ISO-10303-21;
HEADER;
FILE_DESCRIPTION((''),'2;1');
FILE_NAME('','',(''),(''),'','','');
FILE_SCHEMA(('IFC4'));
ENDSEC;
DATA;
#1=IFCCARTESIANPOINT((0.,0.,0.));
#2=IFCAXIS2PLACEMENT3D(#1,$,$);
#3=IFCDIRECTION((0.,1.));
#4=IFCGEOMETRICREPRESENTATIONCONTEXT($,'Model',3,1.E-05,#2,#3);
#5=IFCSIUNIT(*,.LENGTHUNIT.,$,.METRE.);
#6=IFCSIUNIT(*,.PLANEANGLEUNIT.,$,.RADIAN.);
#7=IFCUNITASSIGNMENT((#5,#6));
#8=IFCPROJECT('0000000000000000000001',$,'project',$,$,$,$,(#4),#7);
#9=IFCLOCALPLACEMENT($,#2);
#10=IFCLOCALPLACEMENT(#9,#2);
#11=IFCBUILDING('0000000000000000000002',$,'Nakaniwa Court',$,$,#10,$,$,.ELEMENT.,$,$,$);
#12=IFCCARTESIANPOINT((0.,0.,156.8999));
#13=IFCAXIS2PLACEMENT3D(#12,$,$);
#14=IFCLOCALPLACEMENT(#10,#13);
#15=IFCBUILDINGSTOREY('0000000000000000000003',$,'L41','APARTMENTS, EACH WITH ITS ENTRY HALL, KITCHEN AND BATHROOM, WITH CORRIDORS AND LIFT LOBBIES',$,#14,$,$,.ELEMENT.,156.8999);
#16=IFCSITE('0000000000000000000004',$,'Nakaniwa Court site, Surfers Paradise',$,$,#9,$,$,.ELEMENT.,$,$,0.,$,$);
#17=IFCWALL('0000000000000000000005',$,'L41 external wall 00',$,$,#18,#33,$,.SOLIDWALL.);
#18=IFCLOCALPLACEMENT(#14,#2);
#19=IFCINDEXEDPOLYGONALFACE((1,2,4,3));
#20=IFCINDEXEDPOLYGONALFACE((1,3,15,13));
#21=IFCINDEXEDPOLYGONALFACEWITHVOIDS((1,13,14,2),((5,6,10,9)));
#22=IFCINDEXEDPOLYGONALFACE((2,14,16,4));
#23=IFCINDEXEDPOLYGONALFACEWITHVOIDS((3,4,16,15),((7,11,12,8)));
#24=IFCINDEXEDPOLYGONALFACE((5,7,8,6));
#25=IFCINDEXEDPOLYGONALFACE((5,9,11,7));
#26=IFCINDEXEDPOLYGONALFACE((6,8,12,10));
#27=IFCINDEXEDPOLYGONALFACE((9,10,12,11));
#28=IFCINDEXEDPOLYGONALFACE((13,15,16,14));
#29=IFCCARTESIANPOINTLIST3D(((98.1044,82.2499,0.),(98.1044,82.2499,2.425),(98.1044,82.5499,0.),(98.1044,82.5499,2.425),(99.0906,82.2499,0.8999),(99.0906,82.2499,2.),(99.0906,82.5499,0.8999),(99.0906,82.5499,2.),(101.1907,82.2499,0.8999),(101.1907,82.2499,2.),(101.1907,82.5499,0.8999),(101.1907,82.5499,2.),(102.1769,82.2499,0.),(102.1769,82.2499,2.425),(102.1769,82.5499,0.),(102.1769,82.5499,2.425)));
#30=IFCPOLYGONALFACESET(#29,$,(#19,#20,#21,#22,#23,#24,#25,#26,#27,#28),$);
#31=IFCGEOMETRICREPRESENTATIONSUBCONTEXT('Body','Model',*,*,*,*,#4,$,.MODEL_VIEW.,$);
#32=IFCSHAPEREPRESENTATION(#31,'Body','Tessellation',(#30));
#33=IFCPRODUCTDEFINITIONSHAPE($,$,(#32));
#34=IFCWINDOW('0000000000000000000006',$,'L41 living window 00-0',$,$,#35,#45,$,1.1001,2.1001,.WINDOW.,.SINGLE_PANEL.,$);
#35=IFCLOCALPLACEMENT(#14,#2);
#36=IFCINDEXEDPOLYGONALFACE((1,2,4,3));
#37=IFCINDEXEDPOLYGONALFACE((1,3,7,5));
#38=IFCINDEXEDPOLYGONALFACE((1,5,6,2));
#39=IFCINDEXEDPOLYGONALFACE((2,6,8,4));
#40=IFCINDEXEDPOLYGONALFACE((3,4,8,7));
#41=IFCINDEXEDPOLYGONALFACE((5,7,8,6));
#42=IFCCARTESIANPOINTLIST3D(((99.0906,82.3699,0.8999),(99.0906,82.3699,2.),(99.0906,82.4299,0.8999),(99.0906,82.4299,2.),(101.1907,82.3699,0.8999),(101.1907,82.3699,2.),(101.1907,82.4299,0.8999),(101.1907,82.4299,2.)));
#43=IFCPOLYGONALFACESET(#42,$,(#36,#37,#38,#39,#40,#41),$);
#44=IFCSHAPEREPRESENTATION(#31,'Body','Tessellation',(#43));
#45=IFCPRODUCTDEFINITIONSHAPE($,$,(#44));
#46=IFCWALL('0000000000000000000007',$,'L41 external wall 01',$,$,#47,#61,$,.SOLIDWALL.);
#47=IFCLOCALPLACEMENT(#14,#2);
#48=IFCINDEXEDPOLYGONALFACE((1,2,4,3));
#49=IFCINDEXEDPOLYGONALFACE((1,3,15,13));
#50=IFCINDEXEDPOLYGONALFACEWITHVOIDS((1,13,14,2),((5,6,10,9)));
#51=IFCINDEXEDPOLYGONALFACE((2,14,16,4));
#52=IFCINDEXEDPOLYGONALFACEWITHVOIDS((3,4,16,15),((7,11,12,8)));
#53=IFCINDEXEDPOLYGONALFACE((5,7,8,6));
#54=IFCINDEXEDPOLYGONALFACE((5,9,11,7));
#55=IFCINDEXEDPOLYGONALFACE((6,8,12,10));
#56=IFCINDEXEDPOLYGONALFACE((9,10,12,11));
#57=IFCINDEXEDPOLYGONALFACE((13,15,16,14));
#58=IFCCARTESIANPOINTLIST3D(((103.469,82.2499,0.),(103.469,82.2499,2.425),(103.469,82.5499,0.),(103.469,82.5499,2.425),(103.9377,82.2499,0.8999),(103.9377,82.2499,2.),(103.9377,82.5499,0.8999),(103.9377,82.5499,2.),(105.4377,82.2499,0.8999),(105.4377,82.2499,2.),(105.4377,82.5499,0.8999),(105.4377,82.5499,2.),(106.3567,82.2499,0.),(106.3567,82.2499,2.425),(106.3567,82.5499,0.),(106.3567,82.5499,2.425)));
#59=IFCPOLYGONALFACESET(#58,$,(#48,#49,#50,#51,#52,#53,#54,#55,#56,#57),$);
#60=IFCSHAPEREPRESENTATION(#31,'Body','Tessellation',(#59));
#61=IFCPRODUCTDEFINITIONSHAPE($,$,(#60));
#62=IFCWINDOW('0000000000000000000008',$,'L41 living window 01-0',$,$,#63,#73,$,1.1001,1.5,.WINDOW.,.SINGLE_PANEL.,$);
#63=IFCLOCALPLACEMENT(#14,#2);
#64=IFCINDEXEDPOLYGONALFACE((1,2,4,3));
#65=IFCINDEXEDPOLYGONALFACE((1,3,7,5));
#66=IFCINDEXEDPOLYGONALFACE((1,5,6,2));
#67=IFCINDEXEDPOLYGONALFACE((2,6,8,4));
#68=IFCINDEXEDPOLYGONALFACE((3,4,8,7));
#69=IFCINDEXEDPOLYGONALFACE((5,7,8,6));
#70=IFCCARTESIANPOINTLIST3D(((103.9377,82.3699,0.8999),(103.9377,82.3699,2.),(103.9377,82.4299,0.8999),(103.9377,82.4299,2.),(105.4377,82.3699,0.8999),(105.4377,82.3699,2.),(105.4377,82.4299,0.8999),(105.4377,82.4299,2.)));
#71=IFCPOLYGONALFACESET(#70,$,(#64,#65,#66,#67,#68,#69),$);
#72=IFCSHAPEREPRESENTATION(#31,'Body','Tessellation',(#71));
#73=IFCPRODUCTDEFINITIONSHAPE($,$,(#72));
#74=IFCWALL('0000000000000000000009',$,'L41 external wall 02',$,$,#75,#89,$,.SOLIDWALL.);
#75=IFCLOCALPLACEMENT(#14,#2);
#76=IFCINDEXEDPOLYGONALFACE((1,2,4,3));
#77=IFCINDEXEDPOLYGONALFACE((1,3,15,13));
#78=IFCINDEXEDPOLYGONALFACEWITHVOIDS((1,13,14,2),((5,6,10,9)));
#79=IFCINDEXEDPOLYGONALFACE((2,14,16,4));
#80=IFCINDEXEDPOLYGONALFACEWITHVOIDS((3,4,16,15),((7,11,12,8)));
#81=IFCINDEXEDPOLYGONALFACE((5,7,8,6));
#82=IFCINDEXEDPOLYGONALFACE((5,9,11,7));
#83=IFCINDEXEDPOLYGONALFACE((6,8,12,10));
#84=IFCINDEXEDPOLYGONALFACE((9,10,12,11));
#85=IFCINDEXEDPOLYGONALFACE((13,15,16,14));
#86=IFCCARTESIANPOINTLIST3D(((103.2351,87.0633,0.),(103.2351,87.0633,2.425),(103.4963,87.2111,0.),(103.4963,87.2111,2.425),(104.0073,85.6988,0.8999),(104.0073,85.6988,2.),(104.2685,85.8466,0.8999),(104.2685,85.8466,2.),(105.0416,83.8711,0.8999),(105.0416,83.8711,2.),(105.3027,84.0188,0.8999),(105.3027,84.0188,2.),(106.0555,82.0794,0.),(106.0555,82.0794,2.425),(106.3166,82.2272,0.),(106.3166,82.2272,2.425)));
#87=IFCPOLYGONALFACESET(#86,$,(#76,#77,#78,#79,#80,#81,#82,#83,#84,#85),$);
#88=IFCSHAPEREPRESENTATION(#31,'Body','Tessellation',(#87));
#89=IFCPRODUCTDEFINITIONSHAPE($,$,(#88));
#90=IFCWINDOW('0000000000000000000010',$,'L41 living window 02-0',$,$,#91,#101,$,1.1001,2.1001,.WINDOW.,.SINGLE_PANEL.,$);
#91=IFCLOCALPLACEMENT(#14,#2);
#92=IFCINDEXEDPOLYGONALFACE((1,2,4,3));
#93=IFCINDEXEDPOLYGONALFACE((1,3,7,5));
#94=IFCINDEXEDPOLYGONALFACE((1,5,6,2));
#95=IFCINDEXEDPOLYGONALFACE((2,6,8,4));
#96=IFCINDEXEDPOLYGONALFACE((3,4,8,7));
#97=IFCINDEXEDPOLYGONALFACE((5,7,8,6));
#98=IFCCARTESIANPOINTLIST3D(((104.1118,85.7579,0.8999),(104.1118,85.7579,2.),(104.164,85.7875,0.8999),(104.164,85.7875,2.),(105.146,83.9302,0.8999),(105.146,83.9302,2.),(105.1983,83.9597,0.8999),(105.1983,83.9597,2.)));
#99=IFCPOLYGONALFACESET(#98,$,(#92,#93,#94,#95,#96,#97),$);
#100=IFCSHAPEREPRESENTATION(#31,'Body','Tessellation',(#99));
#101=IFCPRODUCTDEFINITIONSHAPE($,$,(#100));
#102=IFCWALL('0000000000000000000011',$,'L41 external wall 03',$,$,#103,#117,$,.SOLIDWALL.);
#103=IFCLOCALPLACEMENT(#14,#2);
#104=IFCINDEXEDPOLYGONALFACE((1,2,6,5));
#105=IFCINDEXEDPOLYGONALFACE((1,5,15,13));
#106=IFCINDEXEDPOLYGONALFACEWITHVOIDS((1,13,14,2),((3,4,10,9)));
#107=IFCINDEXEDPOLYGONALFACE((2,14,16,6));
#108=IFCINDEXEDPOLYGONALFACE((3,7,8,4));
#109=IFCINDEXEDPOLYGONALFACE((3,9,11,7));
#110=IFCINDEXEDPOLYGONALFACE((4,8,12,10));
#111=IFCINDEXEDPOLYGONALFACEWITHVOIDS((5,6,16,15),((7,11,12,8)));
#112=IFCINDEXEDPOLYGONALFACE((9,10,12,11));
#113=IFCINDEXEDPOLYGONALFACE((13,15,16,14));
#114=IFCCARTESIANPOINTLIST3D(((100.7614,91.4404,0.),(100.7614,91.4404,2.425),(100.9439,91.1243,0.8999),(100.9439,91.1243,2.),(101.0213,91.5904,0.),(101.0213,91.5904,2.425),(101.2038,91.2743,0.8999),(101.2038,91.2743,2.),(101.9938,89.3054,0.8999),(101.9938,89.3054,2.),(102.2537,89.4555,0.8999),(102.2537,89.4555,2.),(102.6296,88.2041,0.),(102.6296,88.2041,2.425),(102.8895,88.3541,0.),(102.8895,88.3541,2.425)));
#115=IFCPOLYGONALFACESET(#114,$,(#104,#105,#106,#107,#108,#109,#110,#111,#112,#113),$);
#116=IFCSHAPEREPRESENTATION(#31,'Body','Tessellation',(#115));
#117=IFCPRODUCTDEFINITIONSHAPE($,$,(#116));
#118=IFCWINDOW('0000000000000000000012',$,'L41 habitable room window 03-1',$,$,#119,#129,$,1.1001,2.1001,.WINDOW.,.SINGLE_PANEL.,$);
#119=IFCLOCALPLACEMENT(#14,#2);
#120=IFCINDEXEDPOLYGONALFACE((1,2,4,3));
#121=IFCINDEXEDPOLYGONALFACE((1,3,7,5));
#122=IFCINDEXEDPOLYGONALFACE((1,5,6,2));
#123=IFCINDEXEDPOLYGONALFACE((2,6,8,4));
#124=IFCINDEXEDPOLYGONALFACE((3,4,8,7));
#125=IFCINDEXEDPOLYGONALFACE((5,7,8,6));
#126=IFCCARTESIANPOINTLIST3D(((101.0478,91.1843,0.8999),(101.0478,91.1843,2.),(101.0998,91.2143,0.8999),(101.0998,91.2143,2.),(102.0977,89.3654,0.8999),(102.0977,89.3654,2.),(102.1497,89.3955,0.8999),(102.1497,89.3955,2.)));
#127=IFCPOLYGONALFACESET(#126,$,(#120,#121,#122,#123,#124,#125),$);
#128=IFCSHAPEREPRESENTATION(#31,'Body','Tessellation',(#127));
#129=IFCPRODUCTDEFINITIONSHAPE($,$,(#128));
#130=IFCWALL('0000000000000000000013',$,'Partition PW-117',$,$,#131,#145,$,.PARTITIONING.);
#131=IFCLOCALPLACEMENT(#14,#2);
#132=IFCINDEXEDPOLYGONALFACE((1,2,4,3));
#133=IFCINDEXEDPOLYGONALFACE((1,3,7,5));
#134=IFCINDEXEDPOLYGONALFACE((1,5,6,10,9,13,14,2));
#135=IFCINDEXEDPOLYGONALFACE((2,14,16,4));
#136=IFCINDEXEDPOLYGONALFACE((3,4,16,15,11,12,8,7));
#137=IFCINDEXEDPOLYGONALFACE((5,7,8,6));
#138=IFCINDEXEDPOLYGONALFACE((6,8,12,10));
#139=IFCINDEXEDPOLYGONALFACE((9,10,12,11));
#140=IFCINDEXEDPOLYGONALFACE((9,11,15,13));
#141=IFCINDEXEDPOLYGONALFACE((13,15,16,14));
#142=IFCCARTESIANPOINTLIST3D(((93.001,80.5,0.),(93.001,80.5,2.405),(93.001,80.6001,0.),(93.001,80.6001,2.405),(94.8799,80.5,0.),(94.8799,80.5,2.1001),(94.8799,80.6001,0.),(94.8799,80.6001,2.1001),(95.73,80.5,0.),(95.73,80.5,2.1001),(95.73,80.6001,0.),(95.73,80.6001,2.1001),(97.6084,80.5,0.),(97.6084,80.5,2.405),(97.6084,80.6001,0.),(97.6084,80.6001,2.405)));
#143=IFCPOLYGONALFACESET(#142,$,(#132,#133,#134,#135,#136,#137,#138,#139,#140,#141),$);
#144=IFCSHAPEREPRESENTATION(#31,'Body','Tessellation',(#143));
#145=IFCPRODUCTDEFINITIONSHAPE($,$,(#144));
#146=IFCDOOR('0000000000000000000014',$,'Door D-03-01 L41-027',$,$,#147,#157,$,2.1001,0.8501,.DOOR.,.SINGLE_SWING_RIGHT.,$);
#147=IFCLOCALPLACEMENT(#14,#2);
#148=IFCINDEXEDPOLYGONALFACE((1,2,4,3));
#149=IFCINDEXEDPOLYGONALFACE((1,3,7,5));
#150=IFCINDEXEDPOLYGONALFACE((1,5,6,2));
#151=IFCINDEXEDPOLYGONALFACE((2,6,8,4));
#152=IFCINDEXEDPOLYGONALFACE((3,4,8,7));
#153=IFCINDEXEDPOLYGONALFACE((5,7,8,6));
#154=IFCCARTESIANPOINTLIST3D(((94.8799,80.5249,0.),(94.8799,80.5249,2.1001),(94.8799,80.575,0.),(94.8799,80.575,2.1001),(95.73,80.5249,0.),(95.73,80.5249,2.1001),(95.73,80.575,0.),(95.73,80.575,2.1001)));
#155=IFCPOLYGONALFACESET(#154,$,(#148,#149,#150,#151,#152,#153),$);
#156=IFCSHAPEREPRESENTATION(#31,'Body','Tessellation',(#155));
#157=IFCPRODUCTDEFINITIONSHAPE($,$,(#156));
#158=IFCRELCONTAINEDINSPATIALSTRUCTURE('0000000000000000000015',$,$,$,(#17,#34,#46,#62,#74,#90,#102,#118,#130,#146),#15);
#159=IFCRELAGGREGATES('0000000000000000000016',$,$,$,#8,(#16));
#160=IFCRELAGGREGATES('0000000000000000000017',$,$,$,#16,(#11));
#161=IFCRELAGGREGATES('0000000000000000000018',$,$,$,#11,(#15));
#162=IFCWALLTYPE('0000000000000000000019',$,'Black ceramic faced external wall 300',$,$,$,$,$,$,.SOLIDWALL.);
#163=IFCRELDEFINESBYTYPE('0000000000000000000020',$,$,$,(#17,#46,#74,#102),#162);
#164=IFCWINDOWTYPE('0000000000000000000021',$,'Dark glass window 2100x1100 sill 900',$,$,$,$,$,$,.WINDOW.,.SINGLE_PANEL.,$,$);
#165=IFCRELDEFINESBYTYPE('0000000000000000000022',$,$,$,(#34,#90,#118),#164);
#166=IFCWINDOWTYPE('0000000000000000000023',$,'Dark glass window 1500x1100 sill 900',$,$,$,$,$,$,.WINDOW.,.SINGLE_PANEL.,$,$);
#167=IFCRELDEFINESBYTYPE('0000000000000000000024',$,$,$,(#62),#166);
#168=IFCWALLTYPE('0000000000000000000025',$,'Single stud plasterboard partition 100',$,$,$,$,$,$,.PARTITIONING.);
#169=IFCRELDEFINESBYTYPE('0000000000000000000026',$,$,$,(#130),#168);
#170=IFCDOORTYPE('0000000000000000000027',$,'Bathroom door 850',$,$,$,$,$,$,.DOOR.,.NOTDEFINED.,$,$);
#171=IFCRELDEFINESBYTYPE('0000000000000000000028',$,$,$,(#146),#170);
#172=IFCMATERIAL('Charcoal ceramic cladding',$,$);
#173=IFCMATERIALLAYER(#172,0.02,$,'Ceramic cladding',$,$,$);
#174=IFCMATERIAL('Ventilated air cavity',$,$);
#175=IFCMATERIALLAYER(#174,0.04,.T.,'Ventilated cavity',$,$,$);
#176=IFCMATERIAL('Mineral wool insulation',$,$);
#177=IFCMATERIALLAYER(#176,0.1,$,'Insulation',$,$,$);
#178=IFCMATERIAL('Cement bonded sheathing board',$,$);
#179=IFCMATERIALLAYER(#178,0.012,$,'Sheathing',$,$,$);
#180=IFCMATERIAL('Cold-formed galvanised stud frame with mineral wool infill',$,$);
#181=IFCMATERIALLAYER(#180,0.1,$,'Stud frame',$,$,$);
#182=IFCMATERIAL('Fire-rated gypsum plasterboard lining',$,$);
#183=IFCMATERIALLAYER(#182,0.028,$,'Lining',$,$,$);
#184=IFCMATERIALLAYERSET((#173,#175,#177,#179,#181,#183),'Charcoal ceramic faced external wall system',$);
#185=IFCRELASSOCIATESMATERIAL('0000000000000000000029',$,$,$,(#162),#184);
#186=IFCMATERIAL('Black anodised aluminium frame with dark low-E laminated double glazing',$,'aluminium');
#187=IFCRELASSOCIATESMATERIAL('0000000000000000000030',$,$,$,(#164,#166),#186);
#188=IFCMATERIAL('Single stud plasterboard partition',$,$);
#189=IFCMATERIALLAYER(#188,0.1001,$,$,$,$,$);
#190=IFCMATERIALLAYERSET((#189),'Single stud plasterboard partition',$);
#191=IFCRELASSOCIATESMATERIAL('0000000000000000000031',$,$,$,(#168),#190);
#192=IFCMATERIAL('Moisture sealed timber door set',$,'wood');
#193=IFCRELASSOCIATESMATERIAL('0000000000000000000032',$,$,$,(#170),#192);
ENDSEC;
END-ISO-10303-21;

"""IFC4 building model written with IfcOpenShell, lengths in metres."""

from ifc_helpers import new_model, si_unit, direction, frame, frame_2d, origin, place, context, subcontext, project, spatial, rectangle, extrude, material, layer, layer_set, type_object, element, fill, save


model = new_model("IFC4")

# Units and contexts
model_context = context("Model", 3, precision=1e-05, world=origin(), true_north=direction((0.0, 1.0)))
body_context = subcontext(model_context, "Body", "Model", "MODEL_VIEW")
ifc_project = project(units=[si_unit("LENGTHUNIT", "METRE"), si_unit("PLANEANGLEUNIT", "RADIAN")], contexts=[model_context])

# Site, building, storey
site_placement = place(None, origin())
site = spatial("IfcSite", under=ifc_project, at=site_placement, Name="Nakaniwa Court site, Surfers Paradise", CompositionType="ELEMENT", RefElevation=0.0)
building_placement = place(site_placement, origin())
building = spatial("IfcBuilding", under=site, at=building_placement, Name="Nakaniwa Court", CompositionType="ELEMENT")
storey_placement = place(building_placement, frame((0.0, 0.0, 156.8999)))
storey = spatial("IfcBuildingStorey", under=building, at=storey_placement, Name="L41", Description="APARTMENTS, EACH WITH ITS ENTRY HALL, KITCHEN AND BATHROOM, WITH CORRIDORS AND LIFT LOBBIES", CompositionType="ELEMENT", Elevation=156.8999)

# Walls, openings, windows
ifc_material_1 = material(Name="Charcoal ceramic cladding")
ifc_layer_1 = layer(ifc_material_1, 0.02, Name="Ceramic cladding")
ifc_material_2 = material(Name="Ventilated air cavity")
ifc_layer_2 = layer(ifc_material_2, 0.04, ventilated=True, Name="Ventilated cavity")
ifc_material_3 = material(Name="Mineral wool insulation")
ifc_layer_3 = layer(ifc_material_3, 0.1, Name="Insulation")
ifc_material_4 = material(Name="Cement bonded sheathing board")
ifc_layer_4 = layer(ifc_material_4, 0.012, Name="Sheathing")
ifc_material_5 = material(Name="Cold-formed galvanised stud frame with mineral wool infill")
ifc_layer_5 = layer(ifc_material_5, 0.1, Name="Stud frame")
ifc_material_6 = material(Name="Fire-rated gypsum plasterboard lining")
ifc_layer_6 = layer(ifc_material_6, 0.028, Name="Lining")
ifc_layer_set_1 = layer_set([ifc_layer_1, ifc_layer_2, ifc_layer_3, ifc_layer_4, ifc_layer_5, ifc_layer_6], Name="Charcoal ceramic faced external wall system")
wall_type_1 = type_object("IfcWallType", Name="Black ceramic faced external wall 300", PredefinedType="SOLIDWALL", material=ifc_layer_set_1)
wall_1_placement = place(storey_placement, frame((98.1045, 82.3999, 0.0), z_axis=(0.0, 0.0, 1.0), x_axis=(1.0, 0.0, 0.0)))
wall_1 = element("IfcWall", 1, at=wall_1_placement, inside=storey, type_object=wall_type_1, Name="L41 external wall 00", PredefinedType="SOLIDWALL", context=body_context, shape_type="SweptSolid", body=[
    extrude(rectangle(XDim=4.0725, YDim=0.3, at=frame_2d((2.0361, 0.0))), origin(), (0.0, 0.0, 1.0), 2.425),
])
opening_1_placement = place(wall_1_placement, frame((0.9861, 0.0, 0.8999)))
opening_1 = element("IfcOpeningElement", 2, at=opening_1_placement, cuts=wall_1, PredefinedType="OPENING", context=body_context, shape_type="SweptSolid", body=[
    extrude(rectangle(XDim=2.1001, YDim=1.1001, at=frame_2d((1.05, 0.55))), frame((0.0, 0.1599, 0.0), z_axis=(0.0, -1.0, 0.0), x_axis=(1.0, 0.0, 0.0)), (0.0, 0.0, 1.0), 0.3201),
])
ifc_material_7 = material(Name="Black anodised aluminium frame with dark low-E laminated double glazing", Category="aluminium")
window_type_1 = type_object("IfcWindowType", Name="Dark glass window 2100x1100 sill 900", PartitioningType="SINGLE_PANEL", PredefinedType="WINDOW", material=ifc_material_7)
window_1_placement = place(opening_1_placement, origin())
window_1 = element("IfcWindow", 3, at=window_1_placement, inside=storey, type_object=window_type_1, Name="L41 living window 00-0", OverallHeight=1.1001, OverallWidth=2.1001, PartitioningType="SINGLE_PANEL", PredefinedType="WINDOW", context=body_context, shape_type="SweptSolid", body=[
    extrude(rectangle(XDim=2.1001, YDim=1.1001, at=frame_2d((1.05, 0.55))), frame((0.0, 0.03, 0.0), z_axis=(0.0, -1.0, 0.0), x_axis=(1.0, 0.0, 0.0)), (0.0, 0.0, 1.0), 0.0601),
])
fill(opening_1, window_1)
wall_2_placement = place(storey_placement, frame((103.469, 82.3999, 0.0), z_axis=(0.0, 0.0, 1.0), x_axis=(1.0, 0.0, 0.0)))
wall_2 = element("IfcWall", 4, at=wall_2_placement, inside=storey, type_object=wall_type_1, Name="L41 external wall 01", PredefinedType="SOLIDWALL", context=body_context, shape_type="SweptSolid", body=[
    extrude(rectangle(XDim=2.8877, YDim=0.3, at=frame_2d((1.4438, 0.0))), origin(), (0.0, 0.0, 1.0), 2.425),
])
opening_2_placement = place(wall_2_placement, frame((0.4688, 0.0, 0.8999)))
opening_2 = element("IfcOpeningElement", 5, at=opening_2_placement, cuts=wall_2, PredefinedType="OPENING", context=body_context, shape_type="SweptSolid", body=[
    extrude(rectangle(XDim=1.5, YDim=1.1001, at=frame_2d((0.75, 0.55))), frame((0.0, 0.1599, 0.0), z_axis=(0.0, -1.0, 0.0), x_axis=(1.0, 0.0, 0.0)), (0.0, 0.0, 1.0), 0.3201),
])
window_type_2 = type_object("IfcWindowType", Name="Dark glass window 1500x1100 sill 900", PartitioningType="SINGLE_PANEL", PredefinedType="WINDOW", material=ifc_material_7)
window_2_placement = place(opening_2_placement, origin())
window_2 = element("IfcWindow", 6, at=window_2_placement, inside=storey, type_object=window_type_2, Name="L41 living window 01-0", OverallHeight=1.1001, OverallWidth=1.5, PartitioningType="SINGLE_PANEL", PredefinedType="WINDOW", context=body_context, shape_type="SweptSolid", body=[
    extrude(rectangle(XDim=1.5, YDim=1.1001, at=frame_2d((0.75, 0.55))), frame((0.0, 0.03, 0.0), z_axis=(0.0, -1.0, 0.0), x_axis=(1.0, 0.0, 0.0)), (0.0, 0.0, 1.0), 0.0601),
])
fill(opening_2, window_2)
wall_3_placement = place(storey_placement, frame((106.186, 82.1533, 0.0), z_axis=(0.0, 0.0, 1.0), x_axis=(-0.492498, 0.870313, 0.0)))
wall_3 = element("IfcWall", 7, at=wall_3_placement, inside=storey, type_object=wall_type_1, Name="L41 external wall 02", PredefinedType="SOLIDWALL", context=body_context, shape_type="SweptSolid", body=[
    extrude(rectangle(XDim=5.7266, YDim=0.3, at=frame_2d((2.8633, 0.0))), origin(), (0.0, 0.0, 1.0), 2.425),
])
opening_3_placement = place(wall_3_placement, frame((2.0586, 0.0, 0.8999)))
opening_3 = element("IfcOpeningElement", 8, at=opening_3_placement, cuts=wall_3, PredefinedType="OPENING", context=body_context, shape_type="SweptSolid", body=[
    extrude(rectangle(XDim=2.1001, YDim=1.1001, at=frame_2d((1.05, 0.55))), frame((0.0, 0.1599, 0.0), z_axis=(0.0, -1.0, 0.0), x_axis=(1.0, 0.0, 0.0)), (0.0, 0.0, 1.0), 0.3201),
])
window_3_placement = place(opening_3_placement, origin())
window_3 = element("IfcWindow", 9, at=window_3_placement, inside=storey, type_object=window_type_1, Name="L41 living window 02-0", OverallHeight=1.1001, OverallWidth=2.1001, PartitioningType="SINGLE_PANEL", PredefinedType="WINDOW", context=body_context, shape_type="SweptSolid", body=[
    extrude(rectangle(XDim=2.1001, YDim=1.1001, at=frame_2d((1.05, 0.55))), frame((0.0, 0.03, 0.0), z_axis=(0.0, -1.0, 0.0), x_axis=(1.0, 0.0, 0.0)), (0.0, 0.0, 1.0), 0.0601),
])
fill(opening_3, window_3)
wall_4_placement = place(storey_placement, frame((102.7595, 88.2791, 0.0), z_axis=(0.0, 0.0, 1.0), x_axis=(-0.499934, 0.866064, 0.0)))
wall_4 = element("IfcWall", 10, at=wall_4_placement, inside=storey, type_object=wall_type_1, Name="L41 external wall 03", PredefinedType="SOLIDWALL", context=body_context, shape_type="SweptSolid", body=[
    extrude(rectangle(XDim=3.7368, YDim=0.3, at=frame_2d((1.8684, 0.0))), origin(), (0.0, 0.0, 1.0), 2.425),
])
opening_4_placement = place(wall_4_placement, frame((1.2717, 0.0, 0.8999)))
opening_4 = element("IfcOpeningElement", 11, at=opening_4_placement, cuts=wall_4, PredefinedType="OPENING", context=body_context, shape_type="SweptSolid", body=[
    extrude(rectangle(XDim=2.1001, YDim=1.1001, at=frame_2d((1.05, 0.55))), frame((0.0, 0.1599, 0.0), z_axis=(0.0, -1.0, 0.0), x_axis=(1.0, 0.0, 0.0)), (0.0, 0.0, 1.0), 0.3201),
])
window_4_placement = place(opening_4_placement, origin())
window_4 = element("IfcWindow", 12, at=window_4_placement, inside=storey, type_object=window_type_1, Name="L41 habitable room window 03-1", OverallHeight=1.1001, OverallWidth=2.1001, PartitioningType="SINGLE_PANEL", PredefinedType="WINDOW", context=body_context, shape_type="SweptSolid", body=[
    extrude(rectangle(XDim=2.1001, YDim=1.1001, at=frame_2d((1.05, 0.55))), frame((0.0, 0.03, 0.0), z_axis=(0.0, -1.0, 0.0), x_axis=(1.0, 0.0, 0.0)), (0.0, 0.0, 1.0), 0.0601),
])
fill(opening_4, window_4)

# Wall, opening, door
ifc_material_8 = material(Name="Single stud plasterboard partition")
ifc_layer_7 = layer(ifc_material_8, 0.1001)
ifc_layer_set_2 = layer_set([ifc_layer_7], Name="Single stud plasterboard partition")
wall_type_2 = type_object("IfcWallType", Name="Single stud plasterboard partition 100", PredefinedType="PARTITIONING", material=ifc_layer_set_2)
wall_5_placement = place(storey_placement, frame((93.001, 80.55, 0.0), z_axis=(0.0, 0.0, 1.0), x_axis=(1.0, 0.0, 0.0)))
wall_5 = element("IfcWall", 13, at=wall_5_placement, inside=storey, type_object=wall_type_2, Name="Partition PW-117", PredefinedType="PARTITIONING", context=body_context, shape_type="SweptSolid", body=[
    extrude(rectangle(XDim=4.6074, YDim=0.1001, at=frame_2d((2.3037, 0.0))), origin(), (0.0, 0.0, 1.0), 2.405),
])
opening_5_placement = place(wall_5_placement, frame((1.8789, 0.0, 0.0)))
opening_5 = element("IfcOpeningElement", 14, at=opening_5_placement, cuts=wall_5, PredefinedType="OPENING", context=body_context, shape_type="SweptSolid", body=[
    extrude(rectangle(XDim=0.8501, YDim=2.1001, at=frame_2d((0.425, 1.05))), frame((0.0, 0.0601, 0.0), z_axis=(0.0, -1.0, 0.0), x_axis=(1.0, 0.0, 0.0)), (0.0, 0.0, 1.0), 0.1201),
])
ifc_material_9 = material(Name="Moisture sealed timber door set", Category="wood")
door_type_1 = type_object("IfcDoorType", Name="Bathroom door 850", OperationType="NOTDEFINED", PredefinedType="DOOR", material=ifc_material_9)
door_1_placement = place(opening_5_placement, origin())
door_1 = element("IfcDoor", 15, at=door_1_placement, inside=storey, type_object=door_type_1, Name="Door D-03-01 L41-027", OperationType="SINGLE_SWING_RIGHT", OverallHeight=2.1001, OverallWidth=0.8501, PredefinedType="DOOR", context=body_context, shape_type="SweptSolid", body=[
    extrude(rectangle(XDim=0.8501, YDim=2.1001, at=frame_2d((0.425, 1.05))), frame((0.0, 0.0249, 0.0), z_axis=(0.0, -1.0, 0.0), x_axis=(1.0, 0.0, 0.0)), (0.0, 0.0, 1.0), 0.05),
])
fill(opening_5, door_1)

save(model, "model.ifc")
